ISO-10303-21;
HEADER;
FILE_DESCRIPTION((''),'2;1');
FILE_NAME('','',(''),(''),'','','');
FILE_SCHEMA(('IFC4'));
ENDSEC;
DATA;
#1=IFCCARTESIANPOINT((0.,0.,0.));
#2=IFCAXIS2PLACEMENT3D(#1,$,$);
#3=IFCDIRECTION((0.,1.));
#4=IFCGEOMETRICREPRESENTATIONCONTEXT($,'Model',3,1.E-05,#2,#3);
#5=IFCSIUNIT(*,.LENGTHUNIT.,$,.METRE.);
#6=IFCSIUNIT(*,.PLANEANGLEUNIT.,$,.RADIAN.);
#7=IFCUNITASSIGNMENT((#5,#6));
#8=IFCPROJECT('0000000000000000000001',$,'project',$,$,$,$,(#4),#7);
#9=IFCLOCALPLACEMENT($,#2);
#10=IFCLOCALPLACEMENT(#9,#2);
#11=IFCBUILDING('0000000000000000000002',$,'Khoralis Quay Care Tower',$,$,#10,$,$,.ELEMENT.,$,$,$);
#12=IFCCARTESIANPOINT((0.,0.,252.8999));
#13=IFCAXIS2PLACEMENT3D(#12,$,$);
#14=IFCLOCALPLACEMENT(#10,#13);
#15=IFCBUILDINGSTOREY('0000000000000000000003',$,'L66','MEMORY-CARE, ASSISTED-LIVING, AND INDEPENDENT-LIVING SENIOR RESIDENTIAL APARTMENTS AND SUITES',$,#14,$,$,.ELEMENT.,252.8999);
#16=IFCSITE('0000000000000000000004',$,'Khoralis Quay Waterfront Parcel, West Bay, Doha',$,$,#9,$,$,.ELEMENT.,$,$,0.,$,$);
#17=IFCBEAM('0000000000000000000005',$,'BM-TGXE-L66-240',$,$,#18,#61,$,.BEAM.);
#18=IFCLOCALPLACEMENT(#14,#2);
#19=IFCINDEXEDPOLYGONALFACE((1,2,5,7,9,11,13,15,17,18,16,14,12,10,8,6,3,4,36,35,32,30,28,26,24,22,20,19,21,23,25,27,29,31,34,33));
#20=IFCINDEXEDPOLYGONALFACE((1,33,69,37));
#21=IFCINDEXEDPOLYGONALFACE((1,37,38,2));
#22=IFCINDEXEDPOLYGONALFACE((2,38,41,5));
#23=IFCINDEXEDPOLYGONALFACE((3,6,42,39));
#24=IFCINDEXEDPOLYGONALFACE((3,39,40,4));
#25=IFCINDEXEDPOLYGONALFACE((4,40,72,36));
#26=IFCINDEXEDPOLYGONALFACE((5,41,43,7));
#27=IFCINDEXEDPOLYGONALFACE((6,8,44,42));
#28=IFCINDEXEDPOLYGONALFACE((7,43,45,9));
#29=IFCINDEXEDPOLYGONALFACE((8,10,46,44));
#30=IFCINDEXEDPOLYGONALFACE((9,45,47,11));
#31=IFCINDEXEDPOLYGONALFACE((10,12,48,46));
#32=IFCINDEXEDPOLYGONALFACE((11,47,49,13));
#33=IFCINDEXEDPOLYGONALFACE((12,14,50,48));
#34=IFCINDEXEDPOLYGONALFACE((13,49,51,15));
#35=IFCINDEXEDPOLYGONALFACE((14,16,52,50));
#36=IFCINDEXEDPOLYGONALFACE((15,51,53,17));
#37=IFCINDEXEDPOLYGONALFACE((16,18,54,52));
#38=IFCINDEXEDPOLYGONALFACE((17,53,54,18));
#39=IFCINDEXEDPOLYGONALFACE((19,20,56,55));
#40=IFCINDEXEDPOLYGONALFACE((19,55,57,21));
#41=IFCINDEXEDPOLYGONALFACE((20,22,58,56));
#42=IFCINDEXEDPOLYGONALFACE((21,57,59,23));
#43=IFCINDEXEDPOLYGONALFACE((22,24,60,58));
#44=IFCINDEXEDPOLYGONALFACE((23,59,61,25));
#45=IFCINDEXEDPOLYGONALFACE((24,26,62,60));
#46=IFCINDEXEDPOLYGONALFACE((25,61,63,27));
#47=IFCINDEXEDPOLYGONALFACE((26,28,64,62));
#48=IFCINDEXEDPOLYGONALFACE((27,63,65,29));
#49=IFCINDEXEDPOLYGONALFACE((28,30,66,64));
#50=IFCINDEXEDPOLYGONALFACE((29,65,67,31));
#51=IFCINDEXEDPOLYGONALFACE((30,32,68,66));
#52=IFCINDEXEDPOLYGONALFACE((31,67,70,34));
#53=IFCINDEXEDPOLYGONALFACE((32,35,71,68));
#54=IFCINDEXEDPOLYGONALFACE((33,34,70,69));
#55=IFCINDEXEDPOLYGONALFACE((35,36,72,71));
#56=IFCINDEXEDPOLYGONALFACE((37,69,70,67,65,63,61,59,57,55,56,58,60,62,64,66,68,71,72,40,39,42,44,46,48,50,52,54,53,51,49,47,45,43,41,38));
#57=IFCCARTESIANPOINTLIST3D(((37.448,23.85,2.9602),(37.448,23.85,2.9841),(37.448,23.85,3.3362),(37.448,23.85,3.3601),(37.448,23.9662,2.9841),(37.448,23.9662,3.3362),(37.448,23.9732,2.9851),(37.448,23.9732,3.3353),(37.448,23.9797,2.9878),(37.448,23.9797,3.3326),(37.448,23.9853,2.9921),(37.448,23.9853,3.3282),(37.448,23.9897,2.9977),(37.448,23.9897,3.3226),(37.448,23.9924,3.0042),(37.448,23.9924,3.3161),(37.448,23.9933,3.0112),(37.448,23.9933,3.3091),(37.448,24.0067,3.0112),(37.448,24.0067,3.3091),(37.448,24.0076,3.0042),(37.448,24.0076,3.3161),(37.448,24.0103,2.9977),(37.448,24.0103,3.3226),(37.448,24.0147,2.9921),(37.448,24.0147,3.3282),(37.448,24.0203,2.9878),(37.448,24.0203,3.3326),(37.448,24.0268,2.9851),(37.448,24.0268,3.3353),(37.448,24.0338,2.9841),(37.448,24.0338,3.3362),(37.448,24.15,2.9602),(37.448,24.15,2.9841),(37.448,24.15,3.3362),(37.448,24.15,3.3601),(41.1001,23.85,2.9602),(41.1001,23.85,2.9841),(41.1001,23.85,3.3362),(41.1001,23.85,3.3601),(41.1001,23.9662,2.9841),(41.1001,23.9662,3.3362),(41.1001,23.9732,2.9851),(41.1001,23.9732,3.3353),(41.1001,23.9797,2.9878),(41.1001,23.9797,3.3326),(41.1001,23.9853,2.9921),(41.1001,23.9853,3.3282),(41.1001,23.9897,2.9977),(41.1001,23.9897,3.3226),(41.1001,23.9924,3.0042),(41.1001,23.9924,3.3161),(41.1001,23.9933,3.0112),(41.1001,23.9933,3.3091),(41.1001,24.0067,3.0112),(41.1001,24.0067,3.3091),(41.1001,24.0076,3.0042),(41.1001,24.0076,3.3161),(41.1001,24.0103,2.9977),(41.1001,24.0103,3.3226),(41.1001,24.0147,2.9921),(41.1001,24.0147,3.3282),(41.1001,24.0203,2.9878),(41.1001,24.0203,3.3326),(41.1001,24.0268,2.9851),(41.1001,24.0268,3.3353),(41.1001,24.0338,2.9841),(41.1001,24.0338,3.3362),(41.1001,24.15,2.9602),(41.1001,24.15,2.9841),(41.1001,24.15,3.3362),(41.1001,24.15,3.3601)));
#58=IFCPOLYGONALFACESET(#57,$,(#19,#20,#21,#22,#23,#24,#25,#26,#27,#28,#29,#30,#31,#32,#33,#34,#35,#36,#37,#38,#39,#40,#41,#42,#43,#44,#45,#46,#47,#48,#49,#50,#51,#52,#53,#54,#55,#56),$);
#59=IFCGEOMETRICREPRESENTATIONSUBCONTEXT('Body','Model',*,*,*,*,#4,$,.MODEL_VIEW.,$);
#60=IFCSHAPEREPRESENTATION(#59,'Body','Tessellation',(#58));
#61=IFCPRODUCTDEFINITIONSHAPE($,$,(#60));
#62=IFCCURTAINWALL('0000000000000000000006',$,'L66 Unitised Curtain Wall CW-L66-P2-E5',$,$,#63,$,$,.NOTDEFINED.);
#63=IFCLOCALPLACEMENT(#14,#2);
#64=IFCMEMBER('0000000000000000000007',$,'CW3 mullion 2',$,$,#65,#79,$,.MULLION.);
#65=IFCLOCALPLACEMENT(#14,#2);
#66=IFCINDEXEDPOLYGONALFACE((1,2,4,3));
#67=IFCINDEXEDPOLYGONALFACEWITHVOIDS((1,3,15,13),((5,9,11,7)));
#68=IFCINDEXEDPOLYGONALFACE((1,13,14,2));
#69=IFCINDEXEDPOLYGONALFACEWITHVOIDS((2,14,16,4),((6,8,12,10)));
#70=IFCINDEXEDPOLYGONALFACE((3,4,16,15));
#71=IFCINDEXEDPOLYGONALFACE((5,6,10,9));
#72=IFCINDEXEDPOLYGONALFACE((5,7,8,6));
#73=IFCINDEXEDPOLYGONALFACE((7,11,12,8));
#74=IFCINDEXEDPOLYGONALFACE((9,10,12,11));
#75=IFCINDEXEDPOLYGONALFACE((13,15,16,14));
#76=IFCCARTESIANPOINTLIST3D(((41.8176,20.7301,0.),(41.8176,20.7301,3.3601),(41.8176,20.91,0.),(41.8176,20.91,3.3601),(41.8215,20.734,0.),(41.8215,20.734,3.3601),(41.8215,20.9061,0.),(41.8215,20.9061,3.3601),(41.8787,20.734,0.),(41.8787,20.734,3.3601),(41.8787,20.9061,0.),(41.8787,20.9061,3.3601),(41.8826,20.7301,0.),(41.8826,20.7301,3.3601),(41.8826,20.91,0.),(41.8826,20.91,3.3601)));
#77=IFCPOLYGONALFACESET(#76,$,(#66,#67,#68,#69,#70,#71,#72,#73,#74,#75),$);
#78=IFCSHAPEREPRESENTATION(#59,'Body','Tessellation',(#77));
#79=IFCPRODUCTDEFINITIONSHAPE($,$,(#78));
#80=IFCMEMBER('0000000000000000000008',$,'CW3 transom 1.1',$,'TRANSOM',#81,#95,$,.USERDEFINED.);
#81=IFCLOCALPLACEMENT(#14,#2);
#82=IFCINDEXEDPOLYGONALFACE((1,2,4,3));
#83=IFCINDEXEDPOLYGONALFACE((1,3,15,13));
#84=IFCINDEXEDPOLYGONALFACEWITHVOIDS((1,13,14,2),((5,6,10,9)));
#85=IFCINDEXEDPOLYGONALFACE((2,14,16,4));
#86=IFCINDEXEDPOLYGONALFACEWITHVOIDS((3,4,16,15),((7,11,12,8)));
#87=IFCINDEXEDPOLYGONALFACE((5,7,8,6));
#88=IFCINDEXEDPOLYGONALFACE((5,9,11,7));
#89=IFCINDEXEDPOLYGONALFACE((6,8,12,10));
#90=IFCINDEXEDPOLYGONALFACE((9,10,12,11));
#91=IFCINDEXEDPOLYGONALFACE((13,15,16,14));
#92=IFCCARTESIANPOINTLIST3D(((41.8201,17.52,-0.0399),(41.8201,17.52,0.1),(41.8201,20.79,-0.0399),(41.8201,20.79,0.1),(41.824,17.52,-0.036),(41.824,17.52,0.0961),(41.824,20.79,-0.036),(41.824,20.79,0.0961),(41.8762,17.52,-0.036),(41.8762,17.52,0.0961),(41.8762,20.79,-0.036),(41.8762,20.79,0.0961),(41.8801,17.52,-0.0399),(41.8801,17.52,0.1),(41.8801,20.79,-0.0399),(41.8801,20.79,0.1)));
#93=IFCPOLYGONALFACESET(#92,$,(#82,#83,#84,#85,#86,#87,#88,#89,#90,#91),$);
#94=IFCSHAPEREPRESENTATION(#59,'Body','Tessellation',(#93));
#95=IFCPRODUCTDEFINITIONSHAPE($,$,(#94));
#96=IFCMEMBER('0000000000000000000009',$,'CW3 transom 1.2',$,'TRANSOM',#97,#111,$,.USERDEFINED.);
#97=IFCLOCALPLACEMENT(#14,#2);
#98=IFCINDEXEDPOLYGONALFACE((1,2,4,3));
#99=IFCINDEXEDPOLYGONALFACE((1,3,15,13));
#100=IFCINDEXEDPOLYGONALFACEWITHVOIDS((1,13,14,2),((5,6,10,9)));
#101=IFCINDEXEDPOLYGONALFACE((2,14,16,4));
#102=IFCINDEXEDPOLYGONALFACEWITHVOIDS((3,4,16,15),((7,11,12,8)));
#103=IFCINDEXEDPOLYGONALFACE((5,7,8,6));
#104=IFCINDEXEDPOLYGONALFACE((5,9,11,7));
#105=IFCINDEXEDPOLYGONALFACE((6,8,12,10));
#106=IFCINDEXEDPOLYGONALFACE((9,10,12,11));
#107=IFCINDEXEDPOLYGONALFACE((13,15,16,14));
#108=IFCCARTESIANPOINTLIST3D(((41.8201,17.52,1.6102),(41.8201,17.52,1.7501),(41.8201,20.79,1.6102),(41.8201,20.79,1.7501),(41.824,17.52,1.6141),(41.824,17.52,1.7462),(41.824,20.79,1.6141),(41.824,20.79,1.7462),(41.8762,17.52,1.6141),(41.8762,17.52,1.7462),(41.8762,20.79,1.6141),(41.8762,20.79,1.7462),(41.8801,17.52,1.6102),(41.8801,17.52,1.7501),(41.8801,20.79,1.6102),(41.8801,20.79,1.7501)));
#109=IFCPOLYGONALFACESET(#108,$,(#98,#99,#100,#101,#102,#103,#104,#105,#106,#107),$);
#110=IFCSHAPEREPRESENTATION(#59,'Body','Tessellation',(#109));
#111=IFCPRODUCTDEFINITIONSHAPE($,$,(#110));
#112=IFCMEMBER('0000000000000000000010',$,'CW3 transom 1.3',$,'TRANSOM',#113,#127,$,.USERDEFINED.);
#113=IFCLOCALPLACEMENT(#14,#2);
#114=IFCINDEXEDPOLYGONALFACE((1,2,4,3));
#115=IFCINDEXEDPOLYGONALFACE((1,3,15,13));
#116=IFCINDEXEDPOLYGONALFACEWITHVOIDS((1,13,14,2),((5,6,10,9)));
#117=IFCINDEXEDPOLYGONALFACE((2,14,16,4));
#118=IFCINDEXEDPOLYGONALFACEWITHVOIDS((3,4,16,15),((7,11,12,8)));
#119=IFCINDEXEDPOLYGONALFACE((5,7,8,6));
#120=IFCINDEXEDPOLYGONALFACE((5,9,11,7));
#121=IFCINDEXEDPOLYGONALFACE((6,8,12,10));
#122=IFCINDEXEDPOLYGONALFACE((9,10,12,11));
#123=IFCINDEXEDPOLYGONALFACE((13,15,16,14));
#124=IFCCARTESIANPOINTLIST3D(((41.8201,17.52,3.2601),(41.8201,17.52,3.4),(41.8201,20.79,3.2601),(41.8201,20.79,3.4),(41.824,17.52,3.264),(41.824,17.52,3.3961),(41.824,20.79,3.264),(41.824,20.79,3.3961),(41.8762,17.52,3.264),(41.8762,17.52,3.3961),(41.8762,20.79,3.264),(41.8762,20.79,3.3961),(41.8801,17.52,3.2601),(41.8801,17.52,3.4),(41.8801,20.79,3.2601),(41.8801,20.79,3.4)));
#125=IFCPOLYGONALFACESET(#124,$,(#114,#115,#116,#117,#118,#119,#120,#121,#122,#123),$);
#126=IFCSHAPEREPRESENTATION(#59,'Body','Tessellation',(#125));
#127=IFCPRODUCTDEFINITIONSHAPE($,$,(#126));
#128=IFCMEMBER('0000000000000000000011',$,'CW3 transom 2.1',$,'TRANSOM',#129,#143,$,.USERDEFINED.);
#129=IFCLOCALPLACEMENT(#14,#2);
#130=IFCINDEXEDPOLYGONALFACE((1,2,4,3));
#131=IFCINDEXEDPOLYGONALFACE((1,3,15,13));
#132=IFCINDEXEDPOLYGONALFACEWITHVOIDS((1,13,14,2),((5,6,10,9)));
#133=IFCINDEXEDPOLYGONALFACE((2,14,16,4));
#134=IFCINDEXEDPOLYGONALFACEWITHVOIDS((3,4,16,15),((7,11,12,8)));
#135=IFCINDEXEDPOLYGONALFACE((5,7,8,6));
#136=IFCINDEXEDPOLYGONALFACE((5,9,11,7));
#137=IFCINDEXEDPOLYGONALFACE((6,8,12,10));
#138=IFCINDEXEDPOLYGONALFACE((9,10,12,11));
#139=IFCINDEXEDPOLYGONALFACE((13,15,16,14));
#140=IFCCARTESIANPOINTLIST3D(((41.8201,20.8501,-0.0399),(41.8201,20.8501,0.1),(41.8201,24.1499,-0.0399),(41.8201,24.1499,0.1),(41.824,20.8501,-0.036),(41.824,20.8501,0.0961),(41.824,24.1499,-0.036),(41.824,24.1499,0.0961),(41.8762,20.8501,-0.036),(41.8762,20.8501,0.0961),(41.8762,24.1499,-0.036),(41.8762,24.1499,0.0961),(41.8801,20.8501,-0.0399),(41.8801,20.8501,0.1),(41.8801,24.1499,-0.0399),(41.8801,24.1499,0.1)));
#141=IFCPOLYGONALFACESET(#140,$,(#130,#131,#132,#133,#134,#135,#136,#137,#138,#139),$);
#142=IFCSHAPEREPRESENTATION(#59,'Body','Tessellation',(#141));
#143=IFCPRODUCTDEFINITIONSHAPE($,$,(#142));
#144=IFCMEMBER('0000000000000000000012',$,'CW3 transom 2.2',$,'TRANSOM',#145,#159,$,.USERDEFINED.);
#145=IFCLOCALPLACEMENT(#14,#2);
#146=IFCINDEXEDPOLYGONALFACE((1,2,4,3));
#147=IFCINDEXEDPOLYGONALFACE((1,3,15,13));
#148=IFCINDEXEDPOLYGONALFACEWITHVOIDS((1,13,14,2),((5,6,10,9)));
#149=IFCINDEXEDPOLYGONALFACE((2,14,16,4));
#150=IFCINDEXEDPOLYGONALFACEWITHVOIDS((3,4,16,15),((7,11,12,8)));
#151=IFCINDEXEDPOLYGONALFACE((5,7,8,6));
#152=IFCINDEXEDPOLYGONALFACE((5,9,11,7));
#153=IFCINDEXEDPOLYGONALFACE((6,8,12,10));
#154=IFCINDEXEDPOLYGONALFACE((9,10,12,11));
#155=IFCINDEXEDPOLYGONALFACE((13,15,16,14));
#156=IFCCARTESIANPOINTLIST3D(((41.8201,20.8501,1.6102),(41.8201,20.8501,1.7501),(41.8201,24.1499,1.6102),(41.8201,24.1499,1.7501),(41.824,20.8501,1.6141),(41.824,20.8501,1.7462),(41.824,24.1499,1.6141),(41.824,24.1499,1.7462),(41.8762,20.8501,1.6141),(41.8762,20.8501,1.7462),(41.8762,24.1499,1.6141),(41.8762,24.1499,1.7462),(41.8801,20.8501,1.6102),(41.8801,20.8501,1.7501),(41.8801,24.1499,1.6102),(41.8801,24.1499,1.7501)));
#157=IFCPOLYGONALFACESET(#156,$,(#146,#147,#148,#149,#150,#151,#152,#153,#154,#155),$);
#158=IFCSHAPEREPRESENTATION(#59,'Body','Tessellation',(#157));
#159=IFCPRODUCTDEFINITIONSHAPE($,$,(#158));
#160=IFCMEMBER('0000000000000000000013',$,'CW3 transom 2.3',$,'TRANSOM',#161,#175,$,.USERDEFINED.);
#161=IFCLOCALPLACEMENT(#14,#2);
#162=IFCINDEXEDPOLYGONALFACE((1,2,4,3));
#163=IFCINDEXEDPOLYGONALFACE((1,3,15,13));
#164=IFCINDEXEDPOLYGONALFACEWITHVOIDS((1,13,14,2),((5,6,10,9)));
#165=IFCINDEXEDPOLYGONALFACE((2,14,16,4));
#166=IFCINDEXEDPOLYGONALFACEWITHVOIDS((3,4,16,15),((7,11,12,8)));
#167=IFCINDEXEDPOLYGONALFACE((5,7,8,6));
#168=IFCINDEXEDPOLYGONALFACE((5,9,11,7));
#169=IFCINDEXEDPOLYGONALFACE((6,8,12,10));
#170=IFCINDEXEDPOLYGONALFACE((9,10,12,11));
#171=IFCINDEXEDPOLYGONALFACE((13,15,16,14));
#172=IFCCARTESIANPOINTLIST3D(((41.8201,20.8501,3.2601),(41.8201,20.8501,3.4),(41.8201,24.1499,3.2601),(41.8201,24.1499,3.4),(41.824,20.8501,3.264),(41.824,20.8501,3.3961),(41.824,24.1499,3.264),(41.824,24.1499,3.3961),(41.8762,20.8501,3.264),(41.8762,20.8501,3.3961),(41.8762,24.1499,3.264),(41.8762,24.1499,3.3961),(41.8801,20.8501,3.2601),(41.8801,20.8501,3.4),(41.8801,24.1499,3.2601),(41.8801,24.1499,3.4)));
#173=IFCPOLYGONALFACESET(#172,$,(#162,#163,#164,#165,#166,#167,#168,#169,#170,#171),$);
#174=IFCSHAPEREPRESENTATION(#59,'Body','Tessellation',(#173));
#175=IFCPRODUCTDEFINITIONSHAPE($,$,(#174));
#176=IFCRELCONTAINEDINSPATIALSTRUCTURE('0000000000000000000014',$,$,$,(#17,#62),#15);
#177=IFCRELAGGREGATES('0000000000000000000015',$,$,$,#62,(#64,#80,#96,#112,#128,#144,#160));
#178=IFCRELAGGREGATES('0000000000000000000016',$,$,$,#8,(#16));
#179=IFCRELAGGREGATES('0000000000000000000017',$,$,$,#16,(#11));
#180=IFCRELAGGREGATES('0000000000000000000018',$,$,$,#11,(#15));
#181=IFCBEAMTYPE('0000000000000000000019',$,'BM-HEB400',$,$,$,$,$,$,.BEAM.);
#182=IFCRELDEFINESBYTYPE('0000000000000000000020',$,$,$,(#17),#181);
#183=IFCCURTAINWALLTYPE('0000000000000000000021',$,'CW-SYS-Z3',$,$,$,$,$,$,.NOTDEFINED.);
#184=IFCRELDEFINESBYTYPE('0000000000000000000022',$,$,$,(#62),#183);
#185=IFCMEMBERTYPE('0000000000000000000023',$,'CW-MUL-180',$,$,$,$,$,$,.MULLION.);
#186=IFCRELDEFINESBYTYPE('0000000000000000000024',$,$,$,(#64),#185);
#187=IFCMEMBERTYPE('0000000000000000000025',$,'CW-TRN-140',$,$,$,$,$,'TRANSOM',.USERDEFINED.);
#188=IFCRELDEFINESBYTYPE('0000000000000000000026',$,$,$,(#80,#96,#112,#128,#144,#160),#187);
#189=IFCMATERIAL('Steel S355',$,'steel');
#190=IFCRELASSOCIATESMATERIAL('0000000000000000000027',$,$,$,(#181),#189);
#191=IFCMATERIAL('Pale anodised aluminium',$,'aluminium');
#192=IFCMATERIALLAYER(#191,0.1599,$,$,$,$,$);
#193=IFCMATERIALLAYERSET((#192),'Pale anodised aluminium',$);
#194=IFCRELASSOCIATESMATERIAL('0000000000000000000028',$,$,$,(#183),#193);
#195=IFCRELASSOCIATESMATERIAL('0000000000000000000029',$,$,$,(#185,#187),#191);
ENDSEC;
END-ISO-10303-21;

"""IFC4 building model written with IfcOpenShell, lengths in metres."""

from ifc_helpers import new_model, si_unit, direction, frame, origin, origin_2d, place, context, subcontext, project, spatial, hollow_rectangle, i_section, extrude, source, transform, mapped, material, layer, layer_set, material_profile, profile_set, type_object, element, aggregate, save


model = new_model("IFC4")

# Units and contexts
model_context = context("Model", 3, precision=1e-05, world=origin(), true_north=direction((0.0, 1.0)))
body_context = subcontext(model_context, "Body", "Model", "MODEL_VIEW")
ifc_project = project(units=[si_unit("LENGTHUNIT", "METRE"), si_unit("PLANEANGLEUNIT", "RADIAN")], contexts=[model_context])

# Site, building, storey
site_placement = place(None, origin())
site = spatial("IfcSite", under=ifc_project, at=site_placement, Name="Khoralis Quay Waterfront Parcel, West Bay, Doha", CompositionType="ELEMENT", RefElevation=0.0)
building_placement = place(site_placement, origin())
building = spatial("IfcBuilding", under=site, at=building_placement, Name="Khoralis Quay Care Tower", CompositionType="ELEMENT")
storey_placement = place(building_placement, frame((0.0, 0.0, 252.8999)))
storey = spatial("IfcBuildingStorey", under=building, at=storey_placement, Name="L66", Description="MEMORY-CARE, ASSISTED-LIVING, AND INDEPENDENT-LIVING SENIOR RESIDENTIAL APARTMENTS AND SUITES", CompositionType="ELEMENT", Elevation=252.8999)

# Beam
ifc_material_1 = material(Name="Steel S355", Category="steel")
ifc_material_profile_1 = material_profile(ifc_material_1, i_section(OverallWidth=0.3, OverallDepth=0.3999, WebThickness=0.0134, FlangeThickness=0.0239, FilletRadius=0.0271, at=origin_2d()), Name="Steel S355")
ifc_profile_set_1 = profile_set([ifc_material_profile_1], Name="Steel S355")
beam_type_1 = type_object("IfcBeamType", Name="BM-HEB400", PredefinedType="BEAM", material=ifc_profile_set_1)
shared_shape_1 = source(origin(), body_context, "Body", "SweptSolid", [
    extrude(i_section(OverallWidth=0.3, OverallDepth=0.3999, WebThickness=0.0134, FlangeThickness=0.0239, FilletRadius=0.0271, at=origin_2d()), origin(), (0.0, 0.0, 1.0), 3.6521),
])
for number, where, z_axis, x_axis, name in (
    (1, (37.448, 24.0, 3.1602), (1.0, 0.0, 0.0), (0.0, 1.0, 0.0), "BM-TGXE-L66-240"),
):
    element("IfcBeam", number, at=place(storey_placement, frame(where, z_axis=z_axis, x_axis=x_axis)), inside=storey, type_object=beam_type_1, Name=name, PredefinedType="BEAM", context=body_context, shape_type="MappedRepresentation", body=[
        mapped(shared_shape_1, transform((0.0, 0.0, 0.0), scale=1.0)),
    ])

# Curtain wall, members
ifc_material_2 = material(Name="Pale anodised aluminium", Category="aluminium")
ifc_layer_1 = layer(ifc_material_2, 0.1599)
ifc_layer_set_1 = layer_set([ifc_layer_1], Name="Pale anodised aluminium")
curtain_wall_type = type_object("IfcCurtainWallType", Name="CW-SYS-Z3", PredefinedType="NOTDEFINED", material=ifc_layer_set_1)
curtain_wall_placement = place(storey_placement, origin())
curtain_wall = element("IfcCurtainWall", 2, at=curtain_wall_placement, inside=storey, type_object=curtain_wall_type, Name="L66 Unitised Curtain Wall CW-L66-P2-E5", PredefinedType="NOTDEFINED")
ifc_material_profile_2 = material_profile(ifc_material_2, hollow_rectangle(XDim=0.0649, YDim=0.1799, WallThickness=0.0039, at=origin_2d()), Name="Pale anodised aluminium")
ifc_profile_set_2 = profile_set([ifc_material_profile_2], Name="Pale anodised aluminium")
member_type_1 = type_object("IfcMemberType", Name="CW-MUL-180", PredefinedType="MULLION", material=ifc_profile_set_2)
shared_shape_2 = source(origin(), body_context, "Body", "SweptSolid", [
    extrude(hollow_rectangle(XDim=0.0649, YDim=0.1799, WallThickness=0.0039, at=origin_2d()), origin(), (0.0, 0.0, 1.0), 3.3601),
])
member_1_placement = place(storey_placement, frame((41.8501, 20.8201, 0.0), z_axis=(0.0, 0.0, 1.0), x_axis=(-1.0, 0.0, 0.0)))
member_1 = element("IfcMember", 3, at=member_1_placement, type_object=member_type_1, Name="CW3 mullion 2", PredefinedType="MULLION", context=body_context, shape_type="MappedRepresentation", body=[
    mapped(shared_shape_2, transform((0.0, 0.0, 0.0), scale=1.0)),
])
ifc_material_profile_3 = material_profile(ifc_material_2, hollow_rectangle(XDim=0.0601, YDim=0.1399, WallThickness=0.0039, at=origin_2d()), Name="Pale anodised aluminium")
ifc_profile_set_3 = profile_set([ifc_material_profile_3], Name="Pale anodised aluminium")
member_type_2 = type_object("IfcMemberType", Name="CW-TRN-140", ElementType="TRANSOM", PredefinedType="USERDEFINED", material=ifc_profile_set_3)
shared_shape_3 = source(origin(), body_context, "Body", "SweptSolid", [
    extrude(hollow_rectangle(XDim=0.0601, YDim=0.1399, WallThickness=0.0039, at=origin_2d()), origin(), (0.0, 0.0, 1.0), 3.27),
])
member_2_placement = place(storey_placement, frame((41.8501, 17.52, 0.03), z_axis=(0.0, 1.0, 0.0), x_axis=(-1.0, 0.0, 0.0)))
member_2 = element("IfcMember", 4, at=member_2_placement, type_object=member_type_2, Name="CW3 transom 1.1", ObjectType="TRANSOM", PredefinedType="USERDEFINED", context=body_context, shape_type="MappedRepresentation", body=[
    mapped(shared_shape_3, transform((0.0, 0.0, 0.0), scale=1.0)),
])
member_3_placement = place(storey_placement, frame((41.8501, 17.52, 1.6802), z_axis=(0.0, 1.0, 0.0), x_axis=(-1.0, 0.0, 0.0)))
member_3 = element("IfcMember", 5, at=member_3_placement, type_object=member_type_2, Name="CW3 transom 1.2", ObjectType="TRANSOM", PredefinedType="USERDEFINED", context=body_context, shape_type="MappedRepresentation", body=[
    mapped(shared_shape_3, transform((0.0, 0.0, 0.0), scale=1.0)),
])
member_4_placement = place(storey_placement, frame((41.8501, 17.52, 3.3301), z_axis=(0.0, 1.0, 0.0), x_axis=(-1.0, 0.0, 0.0)))
member_4 = element("IfcMember", 6, at=member_4_placement, type_object=member_type_2, Name="CW3 transom 1.3", ObjectType="TRANSOM", PredefinedType="USERDEFINED", context=body_context, shape_type="MappedRepresentation", body=[
    mapped(shared_shape_3, transform((0.0, 0.0, 0.0), scale=1.0)),
])
shared_shape_4 = source(origin(), body_context, "Body", "SweptSolid", [
    extrude(hollow_rectangle(XDim=0.0601, YDim=0.1399, WallThickness=0.0039, at=origin_2d()), origin(), (0.0, 0.0, 1.0), 3.2998),
])
member_5_placement = place(storey_placement, frame((41.8501, 20.8501, 0.03), z_axis=(0.0, 1.0, 0.0), x_axis=(-1.0, 0.0, 0.0)))
member_5 = element("IfcMember", 7, at=member_5_placement, type_object=member_type_2, Name="CW3 transom 2.1", ObjectType="TRANSOM", PredefinedType="USERDEFINED", context=body_context, shape_type="MappedRepresentation", body=[
    mapped(shared_shape_4, transform((0.0, 0.0, 0.0), scale=1.0)),
])
member_6_placement = place(storey_placement, frame((41.8501, 20.8501, 1.6802), z_axis=(0.0, 1.0, 0.0), x_axis=(-1.0, 0.0, 0.0)))
member_6 = element("IfcMember", 8, at=member_6_placement, type_object=member_type_2, Name="CW3 transom 2.2", ObjectType="TRANSOM", PredefinedType="USERDEFINED", context=body_context, shape_type="MappedRepresentation", body=[
    mapped(shared_shape_4, transform((0.0, 0.0, 0.0), scale=1.0)),
])
member_7_placement = place(storey_placement, frame((41.8501, 20.8501, 3.3301), z_axis=(0.0, 1.0, 0.0), x_axis=(-1.0, 0.0, 0.0)))
member_7 = element("IfcMember", 9, at=member_7_placement, type_object=member_type_2, Name="CW3 transom 2.3", ObjectType="TRANSOM", PredefinedType="USERDEFINED", context=body_context, shape_type="MappedRepresentation", body=[
    mapped(shared_shape_4, transform((0.0, 0.0, 0.0), scale=1.0)),
])
aggregate(curtain_wall, [member_1, member_2, member_3, member_4, member_5, member_6, member_7])

save(model, "model.ifc")
